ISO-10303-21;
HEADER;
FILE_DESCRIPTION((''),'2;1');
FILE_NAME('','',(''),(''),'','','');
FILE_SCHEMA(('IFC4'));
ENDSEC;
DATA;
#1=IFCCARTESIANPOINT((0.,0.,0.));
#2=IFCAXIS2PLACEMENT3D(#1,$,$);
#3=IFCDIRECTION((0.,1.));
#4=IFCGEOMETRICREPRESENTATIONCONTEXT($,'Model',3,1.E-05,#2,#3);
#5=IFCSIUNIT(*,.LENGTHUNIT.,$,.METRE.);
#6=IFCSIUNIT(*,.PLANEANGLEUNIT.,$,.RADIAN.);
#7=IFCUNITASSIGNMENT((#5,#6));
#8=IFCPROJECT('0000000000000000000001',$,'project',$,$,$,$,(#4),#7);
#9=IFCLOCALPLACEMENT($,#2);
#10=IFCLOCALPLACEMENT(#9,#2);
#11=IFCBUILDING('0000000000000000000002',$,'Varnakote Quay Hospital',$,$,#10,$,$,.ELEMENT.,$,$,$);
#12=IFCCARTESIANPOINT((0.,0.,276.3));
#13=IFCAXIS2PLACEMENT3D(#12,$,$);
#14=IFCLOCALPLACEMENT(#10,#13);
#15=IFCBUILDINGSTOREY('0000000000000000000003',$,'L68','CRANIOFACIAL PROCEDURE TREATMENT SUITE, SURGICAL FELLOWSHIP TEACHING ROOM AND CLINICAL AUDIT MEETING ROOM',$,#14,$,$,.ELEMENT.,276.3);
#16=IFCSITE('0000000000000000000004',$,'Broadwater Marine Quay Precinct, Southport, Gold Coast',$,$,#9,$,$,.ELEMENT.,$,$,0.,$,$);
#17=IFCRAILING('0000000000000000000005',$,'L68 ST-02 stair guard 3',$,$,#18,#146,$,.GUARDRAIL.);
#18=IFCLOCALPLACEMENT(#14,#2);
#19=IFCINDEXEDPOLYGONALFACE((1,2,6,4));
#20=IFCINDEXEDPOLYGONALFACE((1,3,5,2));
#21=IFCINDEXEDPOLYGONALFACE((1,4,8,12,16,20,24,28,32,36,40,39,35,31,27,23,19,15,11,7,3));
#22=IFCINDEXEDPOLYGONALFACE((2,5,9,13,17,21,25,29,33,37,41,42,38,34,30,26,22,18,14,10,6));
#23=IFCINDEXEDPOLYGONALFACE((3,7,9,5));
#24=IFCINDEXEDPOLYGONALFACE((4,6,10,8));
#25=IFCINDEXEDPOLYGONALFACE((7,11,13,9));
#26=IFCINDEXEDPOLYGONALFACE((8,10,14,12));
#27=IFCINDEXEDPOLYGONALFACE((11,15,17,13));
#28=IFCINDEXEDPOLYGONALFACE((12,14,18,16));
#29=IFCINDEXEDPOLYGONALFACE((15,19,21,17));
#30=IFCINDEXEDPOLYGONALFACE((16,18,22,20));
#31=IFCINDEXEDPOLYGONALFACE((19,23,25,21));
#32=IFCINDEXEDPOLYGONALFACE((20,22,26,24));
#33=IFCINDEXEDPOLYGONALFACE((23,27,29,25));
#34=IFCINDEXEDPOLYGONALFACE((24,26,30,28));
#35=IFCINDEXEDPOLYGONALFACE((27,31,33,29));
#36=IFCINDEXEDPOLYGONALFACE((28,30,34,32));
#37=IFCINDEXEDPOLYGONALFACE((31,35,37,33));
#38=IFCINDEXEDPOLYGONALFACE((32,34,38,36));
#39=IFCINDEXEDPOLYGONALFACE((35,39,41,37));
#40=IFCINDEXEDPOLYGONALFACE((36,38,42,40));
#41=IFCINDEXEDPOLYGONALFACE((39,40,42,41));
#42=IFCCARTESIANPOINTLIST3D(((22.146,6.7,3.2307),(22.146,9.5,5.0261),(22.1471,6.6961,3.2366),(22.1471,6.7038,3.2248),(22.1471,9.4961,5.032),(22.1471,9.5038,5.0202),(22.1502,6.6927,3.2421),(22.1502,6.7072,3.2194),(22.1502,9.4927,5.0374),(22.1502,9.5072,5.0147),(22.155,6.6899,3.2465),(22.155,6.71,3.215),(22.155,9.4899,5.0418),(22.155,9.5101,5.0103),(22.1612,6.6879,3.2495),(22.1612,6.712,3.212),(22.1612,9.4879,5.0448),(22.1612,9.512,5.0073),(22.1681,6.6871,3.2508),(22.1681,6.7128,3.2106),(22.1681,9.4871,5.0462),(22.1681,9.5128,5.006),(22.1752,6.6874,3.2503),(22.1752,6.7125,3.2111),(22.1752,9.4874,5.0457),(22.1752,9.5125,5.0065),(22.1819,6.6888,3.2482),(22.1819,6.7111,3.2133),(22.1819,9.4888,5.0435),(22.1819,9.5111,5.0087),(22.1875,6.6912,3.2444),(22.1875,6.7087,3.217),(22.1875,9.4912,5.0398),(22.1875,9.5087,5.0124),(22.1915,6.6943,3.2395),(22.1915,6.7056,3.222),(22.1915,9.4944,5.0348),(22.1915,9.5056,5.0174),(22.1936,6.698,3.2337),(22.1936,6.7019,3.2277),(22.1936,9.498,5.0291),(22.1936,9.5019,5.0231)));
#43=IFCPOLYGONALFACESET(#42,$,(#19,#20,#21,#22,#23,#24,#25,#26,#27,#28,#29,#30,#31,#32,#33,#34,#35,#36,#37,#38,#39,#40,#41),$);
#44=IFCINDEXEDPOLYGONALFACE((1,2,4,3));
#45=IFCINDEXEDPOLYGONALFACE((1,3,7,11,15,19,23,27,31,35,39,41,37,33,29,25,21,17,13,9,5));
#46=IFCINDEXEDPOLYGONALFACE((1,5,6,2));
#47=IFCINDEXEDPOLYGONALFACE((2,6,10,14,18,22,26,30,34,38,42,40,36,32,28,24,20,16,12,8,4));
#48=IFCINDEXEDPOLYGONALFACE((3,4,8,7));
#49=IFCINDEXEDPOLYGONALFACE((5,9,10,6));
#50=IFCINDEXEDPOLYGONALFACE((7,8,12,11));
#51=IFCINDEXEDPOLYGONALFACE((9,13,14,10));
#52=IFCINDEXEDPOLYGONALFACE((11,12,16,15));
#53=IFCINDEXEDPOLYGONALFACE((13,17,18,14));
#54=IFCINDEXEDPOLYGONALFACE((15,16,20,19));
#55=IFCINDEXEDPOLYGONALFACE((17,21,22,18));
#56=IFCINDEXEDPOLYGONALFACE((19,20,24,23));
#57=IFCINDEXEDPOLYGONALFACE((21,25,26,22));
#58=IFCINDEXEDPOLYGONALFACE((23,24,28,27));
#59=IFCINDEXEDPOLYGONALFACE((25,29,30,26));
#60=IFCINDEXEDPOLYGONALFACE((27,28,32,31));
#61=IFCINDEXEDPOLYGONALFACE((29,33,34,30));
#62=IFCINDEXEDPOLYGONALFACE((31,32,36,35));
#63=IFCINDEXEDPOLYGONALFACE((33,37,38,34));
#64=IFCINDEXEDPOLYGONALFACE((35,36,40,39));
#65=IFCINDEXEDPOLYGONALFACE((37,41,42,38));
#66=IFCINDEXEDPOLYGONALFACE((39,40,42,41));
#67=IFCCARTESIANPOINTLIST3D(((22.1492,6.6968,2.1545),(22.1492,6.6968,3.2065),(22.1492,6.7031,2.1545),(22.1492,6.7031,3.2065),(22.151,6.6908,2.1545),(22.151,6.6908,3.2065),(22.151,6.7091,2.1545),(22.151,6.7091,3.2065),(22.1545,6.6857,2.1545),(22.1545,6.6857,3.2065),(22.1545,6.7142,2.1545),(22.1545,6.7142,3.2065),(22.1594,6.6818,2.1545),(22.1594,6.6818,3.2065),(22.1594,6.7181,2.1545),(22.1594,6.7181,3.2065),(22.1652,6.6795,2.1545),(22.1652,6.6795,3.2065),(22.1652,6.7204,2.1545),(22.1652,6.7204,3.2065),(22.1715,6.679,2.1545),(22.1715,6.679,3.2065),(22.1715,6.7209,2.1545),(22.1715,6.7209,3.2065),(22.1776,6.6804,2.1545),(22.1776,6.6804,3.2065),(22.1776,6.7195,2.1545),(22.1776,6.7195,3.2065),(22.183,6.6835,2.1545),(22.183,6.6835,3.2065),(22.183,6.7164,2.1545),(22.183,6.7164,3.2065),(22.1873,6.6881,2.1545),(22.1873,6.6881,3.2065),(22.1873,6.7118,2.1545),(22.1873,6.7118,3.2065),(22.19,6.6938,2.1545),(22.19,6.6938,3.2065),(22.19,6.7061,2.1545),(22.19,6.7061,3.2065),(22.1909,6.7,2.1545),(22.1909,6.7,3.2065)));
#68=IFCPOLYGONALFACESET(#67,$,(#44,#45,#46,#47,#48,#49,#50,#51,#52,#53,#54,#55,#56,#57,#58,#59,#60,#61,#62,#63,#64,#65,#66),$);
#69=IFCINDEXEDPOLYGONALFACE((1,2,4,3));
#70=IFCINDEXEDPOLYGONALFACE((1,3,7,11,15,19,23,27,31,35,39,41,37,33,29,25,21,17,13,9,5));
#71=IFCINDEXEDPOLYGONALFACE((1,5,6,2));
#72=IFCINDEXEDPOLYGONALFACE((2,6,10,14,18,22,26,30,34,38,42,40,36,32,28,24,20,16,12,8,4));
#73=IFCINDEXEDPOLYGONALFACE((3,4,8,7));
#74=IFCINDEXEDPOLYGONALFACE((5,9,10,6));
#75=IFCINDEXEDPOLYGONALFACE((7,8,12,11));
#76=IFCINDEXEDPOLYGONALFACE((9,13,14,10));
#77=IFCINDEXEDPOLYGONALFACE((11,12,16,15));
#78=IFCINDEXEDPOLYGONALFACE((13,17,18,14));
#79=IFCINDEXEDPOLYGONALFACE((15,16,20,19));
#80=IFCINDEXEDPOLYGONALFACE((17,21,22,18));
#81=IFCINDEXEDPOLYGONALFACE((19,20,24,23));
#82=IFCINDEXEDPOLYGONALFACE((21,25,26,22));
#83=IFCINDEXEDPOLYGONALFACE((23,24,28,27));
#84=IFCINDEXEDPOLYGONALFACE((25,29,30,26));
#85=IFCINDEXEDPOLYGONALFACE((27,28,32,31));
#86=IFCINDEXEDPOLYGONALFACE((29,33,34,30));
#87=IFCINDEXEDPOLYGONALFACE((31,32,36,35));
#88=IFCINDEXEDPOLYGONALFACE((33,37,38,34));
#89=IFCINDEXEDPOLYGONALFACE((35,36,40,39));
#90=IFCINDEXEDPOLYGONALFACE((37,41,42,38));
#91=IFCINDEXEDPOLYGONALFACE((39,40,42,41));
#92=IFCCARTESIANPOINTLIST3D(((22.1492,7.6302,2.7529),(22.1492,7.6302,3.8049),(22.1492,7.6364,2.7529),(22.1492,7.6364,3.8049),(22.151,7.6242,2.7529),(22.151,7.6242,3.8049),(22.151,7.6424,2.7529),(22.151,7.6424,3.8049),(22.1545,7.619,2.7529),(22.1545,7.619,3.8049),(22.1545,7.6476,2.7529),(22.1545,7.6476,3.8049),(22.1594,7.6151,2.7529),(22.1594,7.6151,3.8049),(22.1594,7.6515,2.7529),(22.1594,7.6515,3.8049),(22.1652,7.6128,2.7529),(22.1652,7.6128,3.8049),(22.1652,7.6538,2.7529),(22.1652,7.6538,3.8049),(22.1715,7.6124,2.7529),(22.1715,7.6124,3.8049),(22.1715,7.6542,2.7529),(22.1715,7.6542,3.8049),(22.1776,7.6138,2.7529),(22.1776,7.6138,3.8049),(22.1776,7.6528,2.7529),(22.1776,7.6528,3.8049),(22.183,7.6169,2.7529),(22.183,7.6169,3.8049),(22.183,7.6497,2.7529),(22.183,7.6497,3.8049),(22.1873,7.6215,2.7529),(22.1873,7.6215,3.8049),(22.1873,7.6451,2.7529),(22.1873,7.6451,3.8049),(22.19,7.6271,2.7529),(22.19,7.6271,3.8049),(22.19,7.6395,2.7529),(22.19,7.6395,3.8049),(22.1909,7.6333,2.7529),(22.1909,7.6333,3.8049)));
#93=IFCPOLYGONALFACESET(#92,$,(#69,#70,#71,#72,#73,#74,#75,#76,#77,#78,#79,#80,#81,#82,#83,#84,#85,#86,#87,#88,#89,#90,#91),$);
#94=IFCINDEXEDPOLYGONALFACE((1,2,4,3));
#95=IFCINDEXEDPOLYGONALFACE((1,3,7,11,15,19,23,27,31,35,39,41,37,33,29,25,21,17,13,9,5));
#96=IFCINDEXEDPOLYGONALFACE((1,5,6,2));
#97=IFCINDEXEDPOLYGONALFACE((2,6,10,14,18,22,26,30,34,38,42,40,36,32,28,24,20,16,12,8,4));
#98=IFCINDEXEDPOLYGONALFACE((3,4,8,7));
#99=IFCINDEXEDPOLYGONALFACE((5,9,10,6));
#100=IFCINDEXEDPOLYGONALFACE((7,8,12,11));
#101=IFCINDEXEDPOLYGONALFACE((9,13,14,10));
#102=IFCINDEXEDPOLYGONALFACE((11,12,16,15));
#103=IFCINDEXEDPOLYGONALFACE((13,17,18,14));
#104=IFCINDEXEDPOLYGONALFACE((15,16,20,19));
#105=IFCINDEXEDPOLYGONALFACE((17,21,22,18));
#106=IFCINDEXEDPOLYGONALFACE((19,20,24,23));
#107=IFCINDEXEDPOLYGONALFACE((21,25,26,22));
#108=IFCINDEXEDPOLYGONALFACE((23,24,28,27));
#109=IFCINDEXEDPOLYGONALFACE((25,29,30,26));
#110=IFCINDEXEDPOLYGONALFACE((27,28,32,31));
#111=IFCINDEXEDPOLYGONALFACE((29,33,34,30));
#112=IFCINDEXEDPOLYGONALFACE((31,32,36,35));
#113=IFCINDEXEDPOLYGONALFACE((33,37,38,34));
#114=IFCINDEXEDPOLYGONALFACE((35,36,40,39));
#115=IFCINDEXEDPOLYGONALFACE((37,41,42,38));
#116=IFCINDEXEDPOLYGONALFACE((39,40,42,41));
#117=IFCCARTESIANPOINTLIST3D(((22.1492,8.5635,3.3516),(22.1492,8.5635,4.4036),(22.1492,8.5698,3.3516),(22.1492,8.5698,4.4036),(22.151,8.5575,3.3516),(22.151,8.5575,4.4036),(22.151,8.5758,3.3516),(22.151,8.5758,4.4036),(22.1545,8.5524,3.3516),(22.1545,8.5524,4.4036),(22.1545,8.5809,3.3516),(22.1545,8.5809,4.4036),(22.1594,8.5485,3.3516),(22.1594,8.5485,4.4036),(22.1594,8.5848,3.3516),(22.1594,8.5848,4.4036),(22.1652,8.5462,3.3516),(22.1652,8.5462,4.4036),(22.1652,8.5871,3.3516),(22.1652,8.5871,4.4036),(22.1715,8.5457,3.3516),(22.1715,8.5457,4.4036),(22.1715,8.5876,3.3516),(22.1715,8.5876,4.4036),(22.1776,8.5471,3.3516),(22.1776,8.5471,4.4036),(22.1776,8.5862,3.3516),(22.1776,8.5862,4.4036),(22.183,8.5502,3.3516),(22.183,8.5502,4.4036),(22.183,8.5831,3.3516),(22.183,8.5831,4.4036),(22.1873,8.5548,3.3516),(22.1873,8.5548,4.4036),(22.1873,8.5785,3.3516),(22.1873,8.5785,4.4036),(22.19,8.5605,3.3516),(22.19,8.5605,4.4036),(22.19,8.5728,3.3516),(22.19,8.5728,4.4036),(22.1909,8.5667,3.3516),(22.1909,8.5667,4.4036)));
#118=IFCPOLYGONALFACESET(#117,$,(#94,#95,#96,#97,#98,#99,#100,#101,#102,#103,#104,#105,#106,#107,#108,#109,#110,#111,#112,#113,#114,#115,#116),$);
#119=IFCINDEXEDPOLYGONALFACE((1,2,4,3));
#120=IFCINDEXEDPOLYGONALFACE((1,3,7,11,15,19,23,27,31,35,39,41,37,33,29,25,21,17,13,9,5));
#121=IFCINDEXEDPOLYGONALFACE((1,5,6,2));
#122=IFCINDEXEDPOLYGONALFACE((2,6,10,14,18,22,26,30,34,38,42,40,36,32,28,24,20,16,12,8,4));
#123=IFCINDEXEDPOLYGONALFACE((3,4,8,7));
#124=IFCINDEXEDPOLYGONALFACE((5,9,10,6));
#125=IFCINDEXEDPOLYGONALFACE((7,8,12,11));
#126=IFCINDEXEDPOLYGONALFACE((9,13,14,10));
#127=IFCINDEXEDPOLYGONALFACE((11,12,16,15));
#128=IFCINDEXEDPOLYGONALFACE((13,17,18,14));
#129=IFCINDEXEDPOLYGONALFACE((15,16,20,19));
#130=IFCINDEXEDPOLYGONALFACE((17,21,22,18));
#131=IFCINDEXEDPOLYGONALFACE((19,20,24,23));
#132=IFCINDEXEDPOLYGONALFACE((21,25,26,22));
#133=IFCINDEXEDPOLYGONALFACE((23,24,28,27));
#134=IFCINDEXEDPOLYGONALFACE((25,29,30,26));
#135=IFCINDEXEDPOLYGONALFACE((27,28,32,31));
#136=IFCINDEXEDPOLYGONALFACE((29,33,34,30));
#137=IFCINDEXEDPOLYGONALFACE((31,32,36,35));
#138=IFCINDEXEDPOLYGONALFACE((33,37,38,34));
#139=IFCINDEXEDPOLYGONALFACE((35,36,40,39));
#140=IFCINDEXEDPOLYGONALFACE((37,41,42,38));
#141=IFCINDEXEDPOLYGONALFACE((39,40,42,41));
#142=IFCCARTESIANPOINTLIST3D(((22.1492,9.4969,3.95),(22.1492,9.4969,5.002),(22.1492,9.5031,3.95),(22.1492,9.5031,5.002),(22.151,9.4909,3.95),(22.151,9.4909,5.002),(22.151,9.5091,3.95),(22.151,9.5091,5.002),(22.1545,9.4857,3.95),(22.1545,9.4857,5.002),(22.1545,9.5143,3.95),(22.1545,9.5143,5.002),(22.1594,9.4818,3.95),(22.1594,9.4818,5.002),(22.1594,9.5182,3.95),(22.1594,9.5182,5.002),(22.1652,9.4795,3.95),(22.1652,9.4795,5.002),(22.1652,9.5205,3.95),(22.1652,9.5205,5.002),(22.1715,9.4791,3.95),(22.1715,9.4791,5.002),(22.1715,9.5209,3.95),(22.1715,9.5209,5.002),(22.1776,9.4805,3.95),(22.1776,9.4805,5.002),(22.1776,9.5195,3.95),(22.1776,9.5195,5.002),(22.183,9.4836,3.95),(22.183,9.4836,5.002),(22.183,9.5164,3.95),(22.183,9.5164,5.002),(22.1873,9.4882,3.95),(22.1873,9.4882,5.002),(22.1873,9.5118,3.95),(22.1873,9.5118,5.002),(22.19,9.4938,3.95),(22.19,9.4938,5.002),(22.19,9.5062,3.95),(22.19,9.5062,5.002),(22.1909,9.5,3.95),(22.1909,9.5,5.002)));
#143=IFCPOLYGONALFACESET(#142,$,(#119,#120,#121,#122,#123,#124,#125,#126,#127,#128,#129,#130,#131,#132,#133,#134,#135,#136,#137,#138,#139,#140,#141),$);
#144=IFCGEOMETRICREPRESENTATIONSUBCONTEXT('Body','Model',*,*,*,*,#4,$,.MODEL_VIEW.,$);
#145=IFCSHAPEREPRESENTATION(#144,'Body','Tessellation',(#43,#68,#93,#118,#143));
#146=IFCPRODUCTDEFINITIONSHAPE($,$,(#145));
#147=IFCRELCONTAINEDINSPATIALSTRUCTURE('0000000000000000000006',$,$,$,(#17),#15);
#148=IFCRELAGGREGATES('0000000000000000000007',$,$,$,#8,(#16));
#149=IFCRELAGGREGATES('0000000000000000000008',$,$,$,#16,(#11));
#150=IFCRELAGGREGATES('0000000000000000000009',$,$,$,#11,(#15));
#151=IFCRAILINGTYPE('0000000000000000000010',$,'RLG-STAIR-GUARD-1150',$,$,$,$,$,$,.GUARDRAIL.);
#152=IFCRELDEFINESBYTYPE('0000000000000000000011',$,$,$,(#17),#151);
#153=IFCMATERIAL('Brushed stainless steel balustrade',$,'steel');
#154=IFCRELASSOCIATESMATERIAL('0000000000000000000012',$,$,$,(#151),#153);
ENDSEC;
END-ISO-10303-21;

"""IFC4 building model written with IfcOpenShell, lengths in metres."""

from ifc_helpers import new_model, si_unit, direction, frame, origin, origin_2d, place, context, subcontext, project, spatial, circle, extrude, material, type_object, element, save


model = new_model("IFC4")

# Units and contexts
model_context = context("Model", 3, precision=1e-05, world=origin(), true_north=direction((0.0, 1.0)))
body_context = subcontext(model_context, "Body", "Model", "MODEL_VIEW")
ifc_project = project(units=[si_unit("LENGTHUNIT", "METRE"), si_unit("PLANEANGLEUNIT", "RADIAN")], contexts=[model_context])

# Site, building, storey
site_placement = place(None, origin())
site = spatial("IfcSite", under=ifc_project, at=site_placement, Name="Broadwater Marine Quay Precinct, Southport, Gold Coast", CompositionType="ELEMENT", RefElevation=0.0)
building_placement = place(site_placement, origin())
building = spatial("IfcBuilding", under=site, at=building_placement, Name="Varnakote Quay Hospital", CompositionType="ELEMENT")
storey_placement = place(building_placement, frame((0.0, 0.0, 276.3)))
storey = spatial("IfcBuildingStorey", under=building, at=storey_placement, Name="L68", Description="CRANIOFACIAL PROCEDURE TREATMENT SUITE, SURGICAL FELLOWSHIP TEACHING ROOM AND CLINICAL AUDIT MEETING ROOM", CompositionType="ELEMENT", Elevation=276.3)

# Railing
ifc_material_1 = material(Name="Brushed stainless steel balustrade", Category="steel")
railing_type_1 = type_object("IfcRailingType", Name="RLG-STAIR-GUARD-1150", PredefinedType="GUARDRAIL", material=ifc_material_1)
railing_1_placement = place(storey_placement, frame((22.1699, 6.7, 2.1545)))
element("IfcRailing", 1, at=railing_1_placement, inside=storey, type_object=railing_type_1, Name="L68 ST-02 stair guard 3", PredefinedType="GUARDRAIL", context=body_context, shape_type="SweptSolid", body=[
    extrude(circle(Radius=0.0239, at=origin_2d()), frame((0.0, 0.0, 1.0762), z_axis=(0.0, 0.84181, 0.539774), x_axis=(-1.0, 0.0, 0.0)), (0.0, 0.0, 1.0), 3.3262),
    extrude(circle(Radius=0.021, at=origin_2d()), origin(), (0.0, 0.0, 1.0), 1.052),
    extrude(circle(Radius=0.021, at=origin_2d()), frame((0.0, 0.9333, 0.5984)), (0.0, 0.0, 1.0), 1.052),
    extrude(circle(Radius=0.021, at=origin_2d()), frame((0.0, 1.8667, 1.197)), (0.0, 0.0, 1.0), 1.052),
    extrude(circle(Radius=0.021, at=origin_2d()), frame((0.0, 2.8, 1.7954)), (0.0, 0.0, 1.0), 1.052),
])

save(model, "model.ifc")
